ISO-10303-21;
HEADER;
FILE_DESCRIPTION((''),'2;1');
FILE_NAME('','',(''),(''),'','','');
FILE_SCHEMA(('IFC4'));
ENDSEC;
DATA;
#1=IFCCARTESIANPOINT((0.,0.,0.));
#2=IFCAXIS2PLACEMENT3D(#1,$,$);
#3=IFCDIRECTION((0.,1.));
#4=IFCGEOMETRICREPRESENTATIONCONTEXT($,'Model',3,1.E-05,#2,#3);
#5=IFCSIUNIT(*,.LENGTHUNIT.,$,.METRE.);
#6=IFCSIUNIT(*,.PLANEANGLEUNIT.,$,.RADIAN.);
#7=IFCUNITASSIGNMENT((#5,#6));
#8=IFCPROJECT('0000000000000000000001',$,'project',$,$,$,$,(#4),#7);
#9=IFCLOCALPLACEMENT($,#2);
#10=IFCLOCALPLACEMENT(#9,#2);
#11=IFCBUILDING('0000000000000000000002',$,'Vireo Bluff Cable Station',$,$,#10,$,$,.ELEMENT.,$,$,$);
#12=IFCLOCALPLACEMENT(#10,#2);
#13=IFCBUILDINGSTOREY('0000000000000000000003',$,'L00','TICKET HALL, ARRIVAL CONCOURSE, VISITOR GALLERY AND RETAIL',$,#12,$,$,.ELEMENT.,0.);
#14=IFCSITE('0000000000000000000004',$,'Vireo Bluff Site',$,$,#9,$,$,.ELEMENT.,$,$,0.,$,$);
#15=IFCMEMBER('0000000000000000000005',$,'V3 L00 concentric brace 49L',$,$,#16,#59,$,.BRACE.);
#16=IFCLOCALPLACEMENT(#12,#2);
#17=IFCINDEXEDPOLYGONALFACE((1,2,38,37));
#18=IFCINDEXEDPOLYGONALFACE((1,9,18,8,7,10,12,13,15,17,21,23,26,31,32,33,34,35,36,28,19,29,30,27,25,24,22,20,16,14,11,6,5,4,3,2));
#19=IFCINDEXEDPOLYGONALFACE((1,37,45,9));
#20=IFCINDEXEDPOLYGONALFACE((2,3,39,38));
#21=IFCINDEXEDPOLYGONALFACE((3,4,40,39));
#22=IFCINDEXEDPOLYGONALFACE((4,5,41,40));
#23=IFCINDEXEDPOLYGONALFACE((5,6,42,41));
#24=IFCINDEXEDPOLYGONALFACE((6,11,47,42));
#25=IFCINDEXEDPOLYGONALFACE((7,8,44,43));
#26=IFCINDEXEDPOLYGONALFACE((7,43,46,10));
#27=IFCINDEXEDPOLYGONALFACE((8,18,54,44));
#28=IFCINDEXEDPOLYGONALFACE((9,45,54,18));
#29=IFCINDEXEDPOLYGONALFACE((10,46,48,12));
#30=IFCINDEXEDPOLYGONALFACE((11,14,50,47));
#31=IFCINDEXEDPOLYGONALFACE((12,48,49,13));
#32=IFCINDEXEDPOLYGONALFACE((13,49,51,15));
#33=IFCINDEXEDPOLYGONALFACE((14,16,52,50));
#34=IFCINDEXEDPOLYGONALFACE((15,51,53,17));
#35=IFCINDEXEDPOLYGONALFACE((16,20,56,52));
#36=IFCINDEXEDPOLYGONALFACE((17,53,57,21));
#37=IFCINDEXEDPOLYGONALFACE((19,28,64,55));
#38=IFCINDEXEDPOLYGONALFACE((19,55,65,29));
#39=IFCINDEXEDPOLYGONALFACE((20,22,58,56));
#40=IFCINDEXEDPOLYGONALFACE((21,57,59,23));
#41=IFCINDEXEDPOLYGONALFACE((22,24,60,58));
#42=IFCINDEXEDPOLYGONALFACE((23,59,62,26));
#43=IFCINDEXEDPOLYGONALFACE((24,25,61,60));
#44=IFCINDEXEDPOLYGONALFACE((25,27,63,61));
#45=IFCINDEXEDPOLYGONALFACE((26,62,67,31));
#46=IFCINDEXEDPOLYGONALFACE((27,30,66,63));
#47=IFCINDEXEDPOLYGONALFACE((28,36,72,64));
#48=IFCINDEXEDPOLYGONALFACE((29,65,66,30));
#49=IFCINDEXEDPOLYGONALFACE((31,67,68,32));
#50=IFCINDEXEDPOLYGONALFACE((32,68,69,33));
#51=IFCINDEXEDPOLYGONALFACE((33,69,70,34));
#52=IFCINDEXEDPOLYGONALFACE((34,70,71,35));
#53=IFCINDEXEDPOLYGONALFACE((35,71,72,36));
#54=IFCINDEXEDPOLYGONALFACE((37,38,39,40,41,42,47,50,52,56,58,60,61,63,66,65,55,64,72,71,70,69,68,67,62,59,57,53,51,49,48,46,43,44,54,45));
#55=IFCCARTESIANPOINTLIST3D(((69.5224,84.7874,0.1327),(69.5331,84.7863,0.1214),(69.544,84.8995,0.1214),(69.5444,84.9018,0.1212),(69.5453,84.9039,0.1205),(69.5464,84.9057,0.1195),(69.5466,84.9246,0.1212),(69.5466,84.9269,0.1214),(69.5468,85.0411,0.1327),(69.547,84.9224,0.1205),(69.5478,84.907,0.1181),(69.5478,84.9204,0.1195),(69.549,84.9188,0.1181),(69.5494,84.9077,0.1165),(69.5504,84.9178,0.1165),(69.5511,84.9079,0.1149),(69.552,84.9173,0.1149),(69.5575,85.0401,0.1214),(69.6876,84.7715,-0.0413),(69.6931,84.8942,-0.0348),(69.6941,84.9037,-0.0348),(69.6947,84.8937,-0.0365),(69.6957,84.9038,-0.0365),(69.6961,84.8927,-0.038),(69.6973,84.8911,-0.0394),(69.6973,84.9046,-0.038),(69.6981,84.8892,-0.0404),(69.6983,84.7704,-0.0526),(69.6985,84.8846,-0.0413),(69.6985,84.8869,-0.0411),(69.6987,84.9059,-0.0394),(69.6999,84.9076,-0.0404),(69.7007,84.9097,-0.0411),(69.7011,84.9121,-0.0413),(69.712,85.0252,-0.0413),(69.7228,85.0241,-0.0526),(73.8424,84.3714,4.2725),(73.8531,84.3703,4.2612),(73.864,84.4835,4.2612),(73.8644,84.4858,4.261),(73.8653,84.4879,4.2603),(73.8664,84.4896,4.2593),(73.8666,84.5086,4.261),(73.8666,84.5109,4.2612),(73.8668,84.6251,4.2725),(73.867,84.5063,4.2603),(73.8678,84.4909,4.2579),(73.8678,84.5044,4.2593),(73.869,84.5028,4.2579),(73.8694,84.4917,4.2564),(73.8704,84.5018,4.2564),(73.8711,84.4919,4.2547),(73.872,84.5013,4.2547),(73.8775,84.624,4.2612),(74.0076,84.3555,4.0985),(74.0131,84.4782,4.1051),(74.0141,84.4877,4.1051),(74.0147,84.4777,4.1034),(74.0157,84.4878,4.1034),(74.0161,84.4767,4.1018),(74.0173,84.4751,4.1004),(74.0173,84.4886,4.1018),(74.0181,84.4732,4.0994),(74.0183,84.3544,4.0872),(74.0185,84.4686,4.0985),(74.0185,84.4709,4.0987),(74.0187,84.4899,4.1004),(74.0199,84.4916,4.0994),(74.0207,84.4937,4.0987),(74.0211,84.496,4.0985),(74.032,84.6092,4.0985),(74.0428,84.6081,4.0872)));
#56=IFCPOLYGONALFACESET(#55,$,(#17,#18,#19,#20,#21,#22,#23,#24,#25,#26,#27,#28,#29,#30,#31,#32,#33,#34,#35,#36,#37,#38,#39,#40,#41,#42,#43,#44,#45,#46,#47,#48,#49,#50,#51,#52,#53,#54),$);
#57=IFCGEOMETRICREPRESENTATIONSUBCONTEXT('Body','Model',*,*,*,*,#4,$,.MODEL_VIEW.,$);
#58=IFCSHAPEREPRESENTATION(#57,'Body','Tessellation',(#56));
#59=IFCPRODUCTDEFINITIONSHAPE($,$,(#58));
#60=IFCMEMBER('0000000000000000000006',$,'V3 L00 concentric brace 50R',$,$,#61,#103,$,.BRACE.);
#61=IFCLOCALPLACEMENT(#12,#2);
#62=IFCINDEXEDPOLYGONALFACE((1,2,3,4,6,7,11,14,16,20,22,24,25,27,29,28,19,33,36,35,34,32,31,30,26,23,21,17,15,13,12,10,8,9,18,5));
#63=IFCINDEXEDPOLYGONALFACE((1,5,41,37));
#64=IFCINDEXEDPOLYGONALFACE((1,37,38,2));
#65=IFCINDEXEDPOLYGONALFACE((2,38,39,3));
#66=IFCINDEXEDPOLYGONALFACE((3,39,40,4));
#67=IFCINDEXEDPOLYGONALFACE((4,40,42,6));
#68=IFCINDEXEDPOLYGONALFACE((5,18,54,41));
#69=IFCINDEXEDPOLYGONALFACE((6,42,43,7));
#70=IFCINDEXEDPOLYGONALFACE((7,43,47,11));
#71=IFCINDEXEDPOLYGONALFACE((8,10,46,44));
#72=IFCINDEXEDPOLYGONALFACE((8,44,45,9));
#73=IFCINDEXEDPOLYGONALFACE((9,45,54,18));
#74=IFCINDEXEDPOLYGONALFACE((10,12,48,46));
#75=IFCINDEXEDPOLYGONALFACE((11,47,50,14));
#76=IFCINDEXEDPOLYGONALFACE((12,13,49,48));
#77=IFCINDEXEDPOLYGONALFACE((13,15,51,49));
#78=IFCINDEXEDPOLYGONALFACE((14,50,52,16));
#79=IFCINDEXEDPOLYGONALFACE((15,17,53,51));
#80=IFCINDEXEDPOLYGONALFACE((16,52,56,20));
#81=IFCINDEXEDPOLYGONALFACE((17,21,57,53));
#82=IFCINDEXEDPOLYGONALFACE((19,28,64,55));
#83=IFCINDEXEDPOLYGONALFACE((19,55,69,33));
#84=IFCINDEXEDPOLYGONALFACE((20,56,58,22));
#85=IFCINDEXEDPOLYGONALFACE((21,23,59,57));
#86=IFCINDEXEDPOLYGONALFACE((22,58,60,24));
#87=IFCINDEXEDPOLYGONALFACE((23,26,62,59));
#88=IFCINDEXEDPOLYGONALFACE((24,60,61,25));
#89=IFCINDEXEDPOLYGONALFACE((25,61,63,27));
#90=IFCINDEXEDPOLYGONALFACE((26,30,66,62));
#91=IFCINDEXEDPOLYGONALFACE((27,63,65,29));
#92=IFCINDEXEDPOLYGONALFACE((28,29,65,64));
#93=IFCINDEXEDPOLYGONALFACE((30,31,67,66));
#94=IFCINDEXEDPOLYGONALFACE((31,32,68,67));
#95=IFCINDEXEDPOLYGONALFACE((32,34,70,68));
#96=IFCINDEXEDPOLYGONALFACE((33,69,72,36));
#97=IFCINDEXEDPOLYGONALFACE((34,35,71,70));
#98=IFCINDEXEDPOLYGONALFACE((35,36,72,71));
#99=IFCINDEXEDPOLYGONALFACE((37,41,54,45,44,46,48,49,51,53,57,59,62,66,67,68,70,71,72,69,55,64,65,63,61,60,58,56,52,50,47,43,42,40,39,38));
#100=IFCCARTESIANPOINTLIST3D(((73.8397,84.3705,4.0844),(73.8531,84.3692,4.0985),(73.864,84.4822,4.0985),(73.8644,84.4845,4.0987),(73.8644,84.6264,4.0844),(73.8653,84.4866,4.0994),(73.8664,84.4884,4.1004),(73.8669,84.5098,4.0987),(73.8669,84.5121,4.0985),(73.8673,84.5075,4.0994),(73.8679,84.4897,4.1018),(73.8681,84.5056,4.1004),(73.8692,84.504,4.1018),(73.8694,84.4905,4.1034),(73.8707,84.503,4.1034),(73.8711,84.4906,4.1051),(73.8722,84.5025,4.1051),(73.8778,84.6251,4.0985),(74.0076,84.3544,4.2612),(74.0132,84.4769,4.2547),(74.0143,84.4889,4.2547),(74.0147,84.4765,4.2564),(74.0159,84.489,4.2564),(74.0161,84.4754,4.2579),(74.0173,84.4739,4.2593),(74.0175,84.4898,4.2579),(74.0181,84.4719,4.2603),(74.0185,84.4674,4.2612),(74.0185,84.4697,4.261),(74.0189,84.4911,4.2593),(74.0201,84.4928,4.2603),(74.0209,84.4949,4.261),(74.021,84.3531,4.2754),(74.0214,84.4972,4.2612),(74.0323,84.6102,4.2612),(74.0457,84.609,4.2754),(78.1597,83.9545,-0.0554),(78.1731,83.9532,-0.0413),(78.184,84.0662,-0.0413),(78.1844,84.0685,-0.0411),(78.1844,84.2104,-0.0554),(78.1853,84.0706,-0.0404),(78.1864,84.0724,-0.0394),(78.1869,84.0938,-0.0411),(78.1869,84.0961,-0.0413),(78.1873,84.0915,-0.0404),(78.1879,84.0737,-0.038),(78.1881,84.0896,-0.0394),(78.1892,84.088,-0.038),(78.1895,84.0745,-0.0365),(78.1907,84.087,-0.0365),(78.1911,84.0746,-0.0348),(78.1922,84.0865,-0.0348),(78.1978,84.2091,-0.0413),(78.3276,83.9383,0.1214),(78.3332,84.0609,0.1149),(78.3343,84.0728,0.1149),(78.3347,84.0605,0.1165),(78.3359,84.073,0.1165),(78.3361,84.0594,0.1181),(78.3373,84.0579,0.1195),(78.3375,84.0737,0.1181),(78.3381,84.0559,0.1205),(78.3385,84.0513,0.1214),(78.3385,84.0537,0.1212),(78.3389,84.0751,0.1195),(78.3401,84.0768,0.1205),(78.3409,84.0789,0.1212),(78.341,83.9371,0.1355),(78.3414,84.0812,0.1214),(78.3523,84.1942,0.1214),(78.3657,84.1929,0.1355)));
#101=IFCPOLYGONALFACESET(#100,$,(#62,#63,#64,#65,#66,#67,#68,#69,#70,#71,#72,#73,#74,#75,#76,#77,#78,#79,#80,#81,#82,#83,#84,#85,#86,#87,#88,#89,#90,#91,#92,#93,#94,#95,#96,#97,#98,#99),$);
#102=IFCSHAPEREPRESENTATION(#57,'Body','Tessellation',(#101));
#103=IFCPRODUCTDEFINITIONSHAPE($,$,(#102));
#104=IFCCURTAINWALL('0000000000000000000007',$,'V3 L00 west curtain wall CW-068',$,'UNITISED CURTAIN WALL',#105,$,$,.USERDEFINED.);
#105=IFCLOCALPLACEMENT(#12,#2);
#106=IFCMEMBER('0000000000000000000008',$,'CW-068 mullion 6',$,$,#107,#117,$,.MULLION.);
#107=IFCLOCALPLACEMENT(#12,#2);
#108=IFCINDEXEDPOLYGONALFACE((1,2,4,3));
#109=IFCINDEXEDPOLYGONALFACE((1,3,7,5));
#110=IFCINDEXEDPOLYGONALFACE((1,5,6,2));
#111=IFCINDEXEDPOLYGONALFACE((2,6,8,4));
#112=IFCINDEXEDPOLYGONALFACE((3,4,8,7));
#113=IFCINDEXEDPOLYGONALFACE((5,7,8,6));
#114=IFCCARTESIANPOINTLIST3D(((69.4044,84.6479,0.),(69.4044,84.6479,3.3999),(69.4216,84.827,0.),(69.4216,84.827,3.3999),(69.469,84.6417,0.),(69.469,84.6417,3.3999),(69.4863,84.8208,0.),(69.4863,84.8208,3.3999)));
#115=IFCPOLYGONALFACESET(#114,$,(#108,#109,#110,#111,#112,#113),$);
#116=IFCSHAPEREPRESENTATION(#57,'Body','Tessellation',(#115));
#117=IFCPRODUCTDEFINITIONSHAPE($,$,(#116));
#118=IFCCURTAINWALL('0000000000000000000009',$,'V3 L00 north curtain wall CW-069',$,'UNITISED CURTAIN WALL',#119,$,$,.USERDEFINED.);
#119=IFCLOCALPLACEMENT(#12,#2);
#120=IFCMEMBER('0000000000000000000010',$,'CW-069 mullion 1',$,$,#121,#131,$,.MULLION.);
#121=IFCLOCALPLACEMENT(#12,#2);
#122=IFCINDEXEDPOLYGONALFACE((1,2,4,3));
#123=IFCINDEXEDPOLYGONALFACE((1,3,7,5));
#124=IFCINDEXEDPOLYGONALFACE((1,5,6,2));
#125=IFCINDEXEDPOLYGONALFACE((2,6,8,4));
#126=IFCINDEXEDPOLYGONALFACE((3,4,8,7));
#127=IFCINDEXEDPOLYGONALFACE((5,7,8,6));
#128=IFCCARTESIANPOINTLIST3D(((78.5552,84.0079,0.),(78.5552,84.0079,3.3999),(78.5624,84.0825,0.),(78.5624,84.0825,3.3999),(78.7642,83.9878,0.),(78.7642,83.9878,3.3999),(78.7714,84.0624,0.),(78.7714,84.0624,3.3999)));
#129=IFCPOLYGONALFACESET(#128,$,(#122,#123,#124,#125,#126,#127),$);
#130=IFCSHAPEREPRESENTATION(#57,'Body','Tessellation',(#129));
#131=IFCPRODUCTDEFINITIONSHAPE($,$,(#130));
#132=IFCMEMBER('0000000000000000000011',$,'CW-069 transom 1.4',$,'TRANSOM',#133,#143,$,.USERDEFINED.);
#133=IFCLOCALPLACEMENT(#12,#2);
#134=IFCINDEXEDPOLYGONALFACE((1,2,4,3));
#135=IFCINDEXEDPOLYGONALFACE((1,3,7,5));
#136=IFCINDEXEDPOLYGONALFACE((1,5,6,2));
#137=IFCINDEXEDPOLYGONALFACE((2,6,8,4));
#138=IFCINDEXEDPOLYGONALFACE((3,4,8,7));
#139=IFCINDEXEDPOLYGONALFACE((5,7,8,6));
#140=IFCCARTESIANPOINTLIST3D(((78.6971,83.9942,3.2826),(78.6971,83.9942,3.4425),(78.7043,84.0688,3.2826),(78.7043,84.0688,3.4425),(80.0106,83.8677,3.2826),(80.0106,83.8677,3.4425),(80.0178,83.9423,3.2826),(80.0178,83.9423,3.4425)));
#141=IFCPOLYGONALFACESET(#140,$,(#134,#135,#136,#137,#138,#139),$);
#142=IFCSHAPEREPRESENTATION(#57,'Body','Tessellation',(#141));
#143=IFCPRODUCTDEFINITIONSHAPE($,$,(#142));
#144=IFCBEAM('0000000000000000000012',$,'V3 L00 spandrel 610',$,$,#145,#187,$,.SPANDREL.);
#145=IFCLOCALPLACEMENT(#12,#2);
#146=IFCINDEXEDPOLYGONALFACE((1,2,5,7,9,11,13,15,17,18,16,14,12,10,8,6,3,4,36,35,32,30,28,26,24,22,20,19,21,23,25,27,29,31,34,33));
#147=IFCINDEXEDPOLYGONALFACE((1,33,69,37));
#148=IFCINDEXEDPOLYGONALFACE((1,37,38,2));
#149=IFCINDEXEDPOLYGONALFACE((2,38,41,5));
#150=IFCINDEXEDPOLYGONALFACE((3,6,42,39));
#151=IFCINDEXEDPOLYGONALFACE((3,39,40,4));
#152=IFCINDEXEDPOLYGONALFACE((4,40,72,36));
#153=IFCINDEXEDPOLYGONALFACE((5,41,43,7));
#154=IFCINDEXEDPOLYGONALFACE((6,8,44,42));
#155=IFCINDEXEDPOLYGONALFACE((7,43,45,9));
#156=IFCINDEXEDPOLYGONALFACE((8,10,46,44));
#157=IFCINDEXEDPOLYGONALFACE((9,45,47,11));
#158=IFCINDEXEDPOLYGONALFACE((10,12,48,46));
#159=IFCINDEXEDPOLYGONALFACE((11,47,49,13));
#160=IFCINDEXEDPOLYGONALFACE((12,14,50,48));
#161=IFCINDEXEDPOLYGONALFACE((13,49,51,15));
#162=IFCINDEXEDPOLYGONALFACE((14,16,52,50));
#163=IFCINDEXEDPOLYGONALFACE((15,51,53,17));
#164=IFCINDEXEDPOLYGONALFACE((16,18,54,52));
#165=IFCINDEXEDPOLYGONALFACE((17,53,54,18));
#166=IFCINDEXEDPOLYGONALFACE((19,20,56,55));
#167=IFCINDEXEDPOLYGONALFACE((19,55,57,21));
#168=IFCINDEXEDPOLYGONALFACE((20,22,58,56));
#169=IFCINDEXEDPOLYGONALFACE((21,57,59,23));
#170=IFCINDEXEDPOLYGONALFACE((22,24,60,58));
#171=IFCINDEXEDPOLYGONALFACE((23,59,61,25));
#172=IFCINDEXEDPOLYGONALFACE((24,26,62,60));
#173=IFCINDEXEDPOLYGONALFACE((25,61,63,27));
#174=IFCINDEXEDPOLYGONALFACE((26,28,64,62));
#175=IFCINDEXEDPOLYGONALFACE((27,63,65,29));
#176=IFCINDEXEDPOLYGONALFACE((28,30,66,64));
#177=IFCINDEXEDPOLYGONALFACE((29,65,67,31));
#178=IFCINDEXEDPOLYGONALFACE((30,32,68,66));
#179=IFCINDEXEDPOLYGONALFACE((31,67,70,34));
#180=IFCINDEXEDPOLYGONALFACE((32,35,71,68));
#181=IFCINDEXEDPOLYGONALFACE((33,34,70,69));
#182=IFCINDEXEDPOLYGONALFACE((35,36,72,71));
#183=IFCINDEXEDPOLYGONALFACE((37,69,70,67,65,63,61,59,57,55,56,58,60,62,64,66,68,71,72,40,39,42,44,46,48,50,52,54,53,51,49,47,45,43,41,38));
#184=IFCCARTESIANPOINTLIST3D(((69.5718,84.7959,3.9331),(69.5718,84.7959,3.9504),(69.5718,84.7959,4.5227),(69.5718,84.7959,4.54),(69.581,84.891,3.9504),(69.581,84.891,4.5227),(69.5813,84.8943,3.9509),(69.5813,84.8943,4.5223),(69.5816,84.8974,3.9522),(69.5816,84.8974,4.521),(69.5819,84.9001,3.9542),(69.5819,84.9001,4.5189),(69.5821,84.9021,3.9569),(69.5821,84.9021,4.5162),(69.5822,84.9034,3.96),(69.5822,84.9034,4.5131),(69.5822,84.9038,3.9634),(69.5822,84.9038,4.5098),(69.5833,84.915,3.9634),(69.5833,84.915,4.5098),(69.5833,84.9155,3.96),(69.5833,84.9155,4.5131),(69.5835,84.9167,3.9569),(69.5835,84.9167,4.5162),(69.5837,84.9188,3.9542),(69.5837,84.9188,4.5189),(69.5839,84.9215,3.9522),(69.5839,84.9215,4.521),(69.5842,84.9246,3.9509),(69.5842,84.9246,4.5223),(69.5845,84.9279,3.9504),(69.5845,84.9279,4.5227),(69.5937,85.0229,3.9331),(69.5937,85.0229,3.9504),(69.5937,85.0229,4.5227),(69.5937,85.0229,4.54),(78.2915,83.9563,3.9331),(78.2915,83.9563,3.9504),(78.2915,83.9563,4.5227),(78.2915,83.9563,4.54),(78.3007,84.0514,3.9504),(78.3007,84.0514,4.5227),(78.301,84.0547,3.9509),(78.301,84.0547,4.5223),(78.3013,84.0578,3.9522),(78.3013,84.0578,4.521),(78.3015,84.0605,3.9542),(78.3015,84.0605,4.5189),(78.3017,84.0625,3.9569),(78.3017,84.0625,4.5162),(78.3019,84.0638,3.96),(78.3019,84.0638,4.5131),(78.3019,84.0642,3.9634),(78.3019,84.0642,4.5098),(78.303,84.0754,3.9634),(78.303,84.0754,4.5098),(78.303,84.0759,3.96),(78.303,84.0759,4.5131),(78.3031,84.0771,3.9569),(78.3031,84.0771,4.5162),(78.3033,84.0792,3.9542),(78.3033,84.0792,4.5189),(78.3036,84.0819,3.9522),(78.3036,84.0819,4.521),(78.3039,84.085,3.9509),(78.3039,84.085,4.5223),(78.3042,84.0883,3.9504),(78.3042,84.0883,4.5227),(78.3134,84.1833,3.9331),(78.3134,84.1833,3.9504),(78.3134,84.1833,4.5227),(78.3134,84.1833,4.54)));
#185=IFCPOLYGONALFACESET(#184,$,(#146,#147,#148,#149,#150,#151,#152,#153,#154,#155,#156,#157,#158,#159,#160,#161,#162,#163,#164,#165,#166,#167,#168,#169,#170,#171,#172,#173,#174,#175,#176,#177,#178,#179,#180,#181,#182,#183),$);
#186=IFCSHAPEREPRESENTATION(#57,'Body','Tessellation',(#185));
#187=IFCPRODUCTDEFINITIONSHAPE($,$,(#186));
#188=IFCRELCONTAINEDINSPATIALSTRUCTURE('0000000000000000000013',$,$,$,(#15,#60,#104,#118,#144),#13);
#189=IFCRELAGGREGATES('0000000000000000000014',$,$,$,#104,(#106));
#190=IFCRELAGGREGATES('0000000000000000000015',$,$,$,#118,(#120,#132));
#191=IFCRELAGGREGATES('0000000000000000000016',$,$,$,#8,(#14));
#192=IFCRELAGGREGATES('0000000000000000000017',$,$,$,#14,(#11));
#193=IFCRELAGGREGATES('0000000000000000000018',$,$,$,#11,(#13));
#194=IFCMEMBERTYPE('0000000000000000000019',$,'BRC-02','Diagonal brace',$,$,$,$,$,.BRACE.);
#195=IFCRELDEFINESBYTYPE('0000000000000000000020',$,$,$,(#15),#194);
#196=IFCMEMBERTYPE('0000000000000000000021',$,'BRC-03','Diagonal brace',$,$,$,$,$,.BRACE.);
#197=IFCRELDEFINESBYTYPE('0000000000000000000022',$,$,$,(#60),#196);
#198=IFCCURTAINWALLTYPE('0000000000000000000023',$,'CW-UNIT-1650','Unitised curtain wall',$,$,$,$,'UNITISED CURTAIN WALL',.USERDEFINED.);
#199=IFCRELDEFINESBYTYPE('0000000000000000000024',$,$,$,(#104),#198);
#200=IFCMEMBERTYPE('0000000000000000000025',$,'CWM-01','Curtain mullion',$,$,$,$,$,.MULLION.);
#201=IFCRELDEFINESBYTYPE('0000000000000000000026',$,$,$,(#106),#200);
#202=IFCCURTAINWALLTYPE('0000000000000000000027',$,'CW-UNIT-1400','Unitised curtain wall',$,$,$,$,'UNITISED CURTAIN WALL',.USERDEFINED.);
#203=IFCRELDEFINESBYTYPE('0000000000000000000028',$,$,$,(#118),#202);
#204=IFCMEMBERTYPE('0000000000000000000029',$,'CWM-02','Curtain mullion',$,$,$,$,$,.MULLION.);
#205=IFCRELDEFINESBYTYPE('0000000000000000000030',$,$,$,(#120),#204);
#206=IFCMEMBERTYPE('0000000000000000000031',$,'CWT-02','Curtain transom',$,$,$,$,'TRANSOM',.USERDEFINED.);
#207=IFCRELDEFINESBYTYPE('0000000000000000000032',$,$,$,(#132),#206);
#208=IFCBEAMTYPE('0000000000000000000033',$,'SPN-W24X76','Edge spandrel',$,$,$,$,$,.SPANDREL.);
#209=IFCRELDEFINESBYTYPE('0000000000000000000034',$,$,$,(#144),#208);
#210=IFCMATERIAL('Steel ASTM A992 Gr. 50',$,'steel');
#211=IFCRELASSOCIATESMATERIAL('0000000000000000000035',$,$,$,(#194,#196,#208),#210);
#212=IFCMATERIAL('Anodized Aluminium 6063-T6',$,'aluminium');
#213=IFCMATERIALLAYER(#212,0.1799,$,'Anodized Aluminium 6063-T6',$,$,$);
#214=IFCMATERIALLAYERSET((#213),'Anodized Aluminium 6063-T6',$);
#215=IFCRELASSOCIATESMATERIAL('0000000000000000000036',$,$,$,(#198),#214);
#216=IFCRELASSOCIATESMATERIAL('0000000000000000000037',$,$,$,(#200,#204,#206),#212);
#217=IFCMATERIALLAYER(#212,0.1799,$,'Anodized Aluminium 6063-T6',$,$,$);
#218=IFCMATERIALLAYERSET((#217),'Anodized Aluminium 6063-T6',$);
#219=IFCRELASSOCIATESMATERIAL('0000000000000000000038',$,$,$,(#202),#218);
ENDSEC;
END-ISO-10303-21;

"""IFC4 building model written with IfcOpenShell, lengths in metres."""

from ifc_helpers import new_model, si_unit, direction, frame, origin, origin_2d, place, context, subcontext, project, spatial, rectangle, i_section, extrude, material, layer, layer_set, material_profile, profile_set, type_object, element, aggregate, save


model = new_model("IFC4")

# Units and contexts
model_context = context("Model", 3, precision=1e-05, world=origin(), true_north=direction((0.0, 1.0)))
body_context = subcontext(model_context, "Body", "Model", "MODEL_VIEW")
ifc_project = project(units=[si_unit("LENGTHUNIT", "METRE"), si_unit("PLANEANGLEUNIT", "RADIAN")], contexts=[model_context])

# Site, building, storey
site_placement = place(None, origin())
site = spatial("IfcSite", under=ifc_project, at=site_placement, Name="Vireo Bluff Site", CompositionType="ELEMENT", RefElevation=0.0)
building_placement = place(site_placement, origin())
building = spatial("IfcBuilding", under=site, at=building_placement, Name="Vireo Bluff Cable Station", CompositionType="ELEMENT")
storey_placement = place(building_placement, origin())
storey = spatial("IfcBuildingStorey", under=building, at=storey_placement, Name="L00", Description="TICKET HALL, ARRIVAL CONCOURSE, VISITOR GALLERY AND RETAIL", CompositionType="ELEMENT", Elevation=0.0)

# Shared definitions
ifc_material_1 = material(Name="Steel ASTM A992 Gr. 50", Category="steel")

# Members
ifc_material_profile_1 = material_profile(ifc_material_1, i_section(OverallWidth=0.2549, OverallDepth=0.2561, WebThickness=0.0095, FlangeThickness=0.0156, FilletRadius=0.009, at=origin_2d()), Name="W10X54")
ifc_profile_set_1 = profile_set([ifc_material_profile_1], Name="Steel ASTM A992 Gr. 50")
member_type_1 = type_object("IfcMemberType", Name="BRC-02", Description="Diagonal brace", PredefinedType="BRACE", material=ifc_profile_set_1)
member_1_placement = place(storey_placement, frame((69.6226, 84.9058, 0.04), z_axis=(0.720264, -0.06936, 0.690224), x_axis=(0.095855, 0.995395, 0.0)))
element("IfcMember", 1, at=member_1_placement, inside=storey, type_object=member_type_1, Name="V3 L00 concentric brace 49L", PredefinedType="BRACE", context=body_context, shape_type="SweptSolid", body=[
    extrude(i_section(OverallWidth=0.2549, OverallDepth=0.2561, WebThickness=0.0095, FlangeThickness=0.0156, FilletRadius=0.009, at=origin_2d()), origin(), (0.0, 0.0, 1.0), 5.9978),
])
ifc_material_profile_2 = material_profile(ifc_material_1, i_section(OverallWidth=0.2571, OverallDepth=0.2639, WebThickness=0.012, FlangeThickness=0.0195, FilletRadius=0.009, at=origin_2d()), Name="W10X68")
ifc_profile_set_2 = profile_set([ifc_material_profile_2], Name="Steel ASTM A992 Gr. 50")
member_type_2 = type_object("IfcMemberType", Name="BRC-03", Description="Diagonal brace", PredefinedType="BRACE", material=ifc_profile_set_2)
member_2_placement = place(storey_placement, frame((78.2627, 84.0737, 0.04), z_axis=(-0.720264, 0.06936, 0.690224), x_axis=(-0.095855, -0.995395, 0.0)))
element("IfcMember", 2, at=member_2_placement, inside=storey, type_object=member_type_2, Name="V3 L00 concentric brace 50R", PredefinedType="BRACE", context=body_context, shape_type="SweptSolid", body=[
    extrude(i_section(OverallWidth=0.2571, OverallDepth=0.2639, WebThickness=0.012, FlangeThickness=0.0195, FilletRadius=0.009, at=origin_2d()), origin(), (0.0, 0.0, 1.0), 5.9978),
])

# Curtain wall, member
ifc_material_2 = material(Name="Anodized Aluminium 6063-T6", Category="aluminium")
ifc_layer_1 = layer(ifc_material_2, 0.1799, Name="Anodized Aluminium 6063-T6")
ifc_layer_set_1 = layer_set([ifc_layer_1], Name="Anodized Aluminium 6063-T6")
curtain_wall_type_1 = type_object("IfcCurtainWallType", Name="CW-UNIT-1650", Description="Unitised curtain wall", ElementType="UNITISED CURTAIN WALL", PredefinedType="USERDEFINED", material=ifc_layer_set_1)
curtain_wall_1_placement = place(storey_placement, origin())
curtain_wall_1 = element("IfcCurtainWall", 3, at=curtain_wall_1_placement, inside=storey, type_object=curtain_wall_type_1, Name="V3 L00 west curtain wall CW-068", ObjectType="UNITISED CURTAIN WALL", PredefinedType="USERDEFINED")
ifc_material_profile_3 = material_profile(ifc_material_2, rectangle(XDim=0.0649, YDim=0.1799, at=origin_2d()), Name="ALU-M-65X180")
ifc_profile_set_3 = profile_set([ifc_material_profile_3], Name="Anodized Aluminium 6063-T6")
member_type_3 = type_object("IfcMemberType", Name="CWM-01", Description="Curtain mullion", PredefinedType="MULLION", material=ifc_profile_set_3)
member_3_placement = place(storey_placement, frame((69.4453, 84.7344, 0.0), z_axis=(0.0, 0.0, 1.0), x_axis=(-0.995396, 0.095846, 0.0)))
member_3 = element("IfcMember", 4, at=member_3_placement, type_object=member_type_3, Name="CW-068 mullion 6", PredefinedType="MULLION", context=body_context, shape_type="SweptSolid", body=[
    extrude(rectangle(XDim=0.0649, YDim=0.1799, at=origin_2d()), origin(), (0.0, 0.0, 1.0), 3.3999),
])
aggregate(curtain_wall_1, [member_3])

# Curtain wall, members
ifc_layer_2 = layer(ifc_material_2, 0.1799, Name="Anodized Aluminium 6063-T6")
ifc_layer_set_2 = layer_set([ifc_layer_2], Name="Anodized Aluminium 6063-T6")
curtain_wall_type_2 = type_object("IfcCurtainWallType", Name="CW-UNIT-1400", Description="Unitised curtain wall", ElementType="UNITISED CURTAIN WALL", PredefinedType="USERDEFINED", material=ifc_layer_set_2)
curtain_wall_2_placement = place(storey_placement, origin())
curtain_wall_2 = element("IfcCurtainWall", 5, at=curtain_wall_2_placement, inside=storey, type_object=curtain_wall_type_2, Name="V3 L00 north curtain wall CW-069", ObjectType="UNITISED CURTAIN WALL", PredefinedType="USERDEFINED")
ifc_material_profile_4 = material_profile(ifc_material_2, rectangle(XDim=0.075, YDim=0.21, at=origin_2d()), Name="ALU-M-75X210")
ifc_profile_set_4 = profile_set([ifc_material_profile_4], Name="Anodized Aluminium 6063-T6")
member_type_4 = type_object("IfcMemberType", Name="CWM-02", Description="Curtain mullion", PredefinedType="MULLION", material=ifc_profile_set_4)
member_4_placement = place(storey_placement, frame((78.6633, 84.0352, 0.0), z_axis=(0.0, 0.0, 1.0), x_axis=(0.095846, 0.995396, 0.0)))
member_4 = element("IfcMember", 6, at=member_4_placement, type_object=member_type_4, Name="CW-069 mullion 1", PredefinedType="MULLION", context=body_context, shape_type="SweptSolid", body=[
    extrude(rectangle(XDim=0.075, YDim=0.21, at=origin_2d()), origin(), (0.0, 0.0, 1.0), 3.3999),
])
ifc_material_profile_5 = material_profile(ifc_material_2, rectangle(XDim=0.075, YDim=0.1599, at=origin_2d()), Name="ALU-T-75X160")
ifc_profile_set_5 = profile_set([ifc_material_profile_5], Name="Anodized Aluminium 6063-T6")
member_type_5 = type_object("IfcMemberType", Name="CWT-02", Description="Curtain transom", ElementType="TRANSOM", PredefinedType="USERDEFINED", material=ifc_profile_set_5)
member_5_placement = place(storey_placement, frame((78.7007, 84.0315, 3.3625), z_axis=(0.995397, -0.095839, 0.0), x_axis=(0.095839, 0.995397, 0.0)))
member_5 = element("IfcMember", 7, at=member_5_placement, type_object=member_type_5, Name="CW-069 transom 1.4", ObjectType="TRANSOM", PredefinedType="USERDEFINED", context=body_context, shape_type="SweptSolid", body=[
    extrude(rectangle(XDim=0.075, YDim=0.1599, at=origin_2d()), origin(), (0.0, 0.0, 1.0), 1.3196),
])
aggregate(curtain_wall_2, [member_4, member_5])

# Beam
ifc_material_profile_6 = material_profile(ifc_material_1, i_section(OverallWidth=0.228, OverallDepth=0.6069, WebThickness=0.0112, FlangeThickness=0.0173, FilletRadius=0.0129, at=origin_2d()), Name="W24X76")
ifc_profile_set_6 = profile_set([ifc_material_profile_6], Name="Steel ASTM A992 Gr. 50")
beam_type_1 = type_object("IfcBeamType", Name="SPN-W24X76", Description="Edge spandrel", PredefinedType="SPANDREL", material=ifc_profile_set_6)
beam_1_placement = place(storey_placement, frame((69.5828, 84.9094, 4.2366), z_axis=(0.995396, -0.095844, 0.0), x_axis=(0.095844, 0.995396, 0.0)))
element("IfcBeam", 8, at=beam_1_placement, inside=storey, type_object=beam_type_1, Name="V3 L00 spandrel 610", PredefinedType="SPANDREL", context=body_context, shape_type="SweptSolid", body=[
    extrude(i_section(OverallWidth=0.228, OverallDepth=0.6069, WebThickness=0.0112, FlangeThickness=0.0173, FilletRadius=0.0129, at=origin_2d()), origin(), (0.0, 0.0, 1.0), 8.76),
])

save(model, "model.ifc")
